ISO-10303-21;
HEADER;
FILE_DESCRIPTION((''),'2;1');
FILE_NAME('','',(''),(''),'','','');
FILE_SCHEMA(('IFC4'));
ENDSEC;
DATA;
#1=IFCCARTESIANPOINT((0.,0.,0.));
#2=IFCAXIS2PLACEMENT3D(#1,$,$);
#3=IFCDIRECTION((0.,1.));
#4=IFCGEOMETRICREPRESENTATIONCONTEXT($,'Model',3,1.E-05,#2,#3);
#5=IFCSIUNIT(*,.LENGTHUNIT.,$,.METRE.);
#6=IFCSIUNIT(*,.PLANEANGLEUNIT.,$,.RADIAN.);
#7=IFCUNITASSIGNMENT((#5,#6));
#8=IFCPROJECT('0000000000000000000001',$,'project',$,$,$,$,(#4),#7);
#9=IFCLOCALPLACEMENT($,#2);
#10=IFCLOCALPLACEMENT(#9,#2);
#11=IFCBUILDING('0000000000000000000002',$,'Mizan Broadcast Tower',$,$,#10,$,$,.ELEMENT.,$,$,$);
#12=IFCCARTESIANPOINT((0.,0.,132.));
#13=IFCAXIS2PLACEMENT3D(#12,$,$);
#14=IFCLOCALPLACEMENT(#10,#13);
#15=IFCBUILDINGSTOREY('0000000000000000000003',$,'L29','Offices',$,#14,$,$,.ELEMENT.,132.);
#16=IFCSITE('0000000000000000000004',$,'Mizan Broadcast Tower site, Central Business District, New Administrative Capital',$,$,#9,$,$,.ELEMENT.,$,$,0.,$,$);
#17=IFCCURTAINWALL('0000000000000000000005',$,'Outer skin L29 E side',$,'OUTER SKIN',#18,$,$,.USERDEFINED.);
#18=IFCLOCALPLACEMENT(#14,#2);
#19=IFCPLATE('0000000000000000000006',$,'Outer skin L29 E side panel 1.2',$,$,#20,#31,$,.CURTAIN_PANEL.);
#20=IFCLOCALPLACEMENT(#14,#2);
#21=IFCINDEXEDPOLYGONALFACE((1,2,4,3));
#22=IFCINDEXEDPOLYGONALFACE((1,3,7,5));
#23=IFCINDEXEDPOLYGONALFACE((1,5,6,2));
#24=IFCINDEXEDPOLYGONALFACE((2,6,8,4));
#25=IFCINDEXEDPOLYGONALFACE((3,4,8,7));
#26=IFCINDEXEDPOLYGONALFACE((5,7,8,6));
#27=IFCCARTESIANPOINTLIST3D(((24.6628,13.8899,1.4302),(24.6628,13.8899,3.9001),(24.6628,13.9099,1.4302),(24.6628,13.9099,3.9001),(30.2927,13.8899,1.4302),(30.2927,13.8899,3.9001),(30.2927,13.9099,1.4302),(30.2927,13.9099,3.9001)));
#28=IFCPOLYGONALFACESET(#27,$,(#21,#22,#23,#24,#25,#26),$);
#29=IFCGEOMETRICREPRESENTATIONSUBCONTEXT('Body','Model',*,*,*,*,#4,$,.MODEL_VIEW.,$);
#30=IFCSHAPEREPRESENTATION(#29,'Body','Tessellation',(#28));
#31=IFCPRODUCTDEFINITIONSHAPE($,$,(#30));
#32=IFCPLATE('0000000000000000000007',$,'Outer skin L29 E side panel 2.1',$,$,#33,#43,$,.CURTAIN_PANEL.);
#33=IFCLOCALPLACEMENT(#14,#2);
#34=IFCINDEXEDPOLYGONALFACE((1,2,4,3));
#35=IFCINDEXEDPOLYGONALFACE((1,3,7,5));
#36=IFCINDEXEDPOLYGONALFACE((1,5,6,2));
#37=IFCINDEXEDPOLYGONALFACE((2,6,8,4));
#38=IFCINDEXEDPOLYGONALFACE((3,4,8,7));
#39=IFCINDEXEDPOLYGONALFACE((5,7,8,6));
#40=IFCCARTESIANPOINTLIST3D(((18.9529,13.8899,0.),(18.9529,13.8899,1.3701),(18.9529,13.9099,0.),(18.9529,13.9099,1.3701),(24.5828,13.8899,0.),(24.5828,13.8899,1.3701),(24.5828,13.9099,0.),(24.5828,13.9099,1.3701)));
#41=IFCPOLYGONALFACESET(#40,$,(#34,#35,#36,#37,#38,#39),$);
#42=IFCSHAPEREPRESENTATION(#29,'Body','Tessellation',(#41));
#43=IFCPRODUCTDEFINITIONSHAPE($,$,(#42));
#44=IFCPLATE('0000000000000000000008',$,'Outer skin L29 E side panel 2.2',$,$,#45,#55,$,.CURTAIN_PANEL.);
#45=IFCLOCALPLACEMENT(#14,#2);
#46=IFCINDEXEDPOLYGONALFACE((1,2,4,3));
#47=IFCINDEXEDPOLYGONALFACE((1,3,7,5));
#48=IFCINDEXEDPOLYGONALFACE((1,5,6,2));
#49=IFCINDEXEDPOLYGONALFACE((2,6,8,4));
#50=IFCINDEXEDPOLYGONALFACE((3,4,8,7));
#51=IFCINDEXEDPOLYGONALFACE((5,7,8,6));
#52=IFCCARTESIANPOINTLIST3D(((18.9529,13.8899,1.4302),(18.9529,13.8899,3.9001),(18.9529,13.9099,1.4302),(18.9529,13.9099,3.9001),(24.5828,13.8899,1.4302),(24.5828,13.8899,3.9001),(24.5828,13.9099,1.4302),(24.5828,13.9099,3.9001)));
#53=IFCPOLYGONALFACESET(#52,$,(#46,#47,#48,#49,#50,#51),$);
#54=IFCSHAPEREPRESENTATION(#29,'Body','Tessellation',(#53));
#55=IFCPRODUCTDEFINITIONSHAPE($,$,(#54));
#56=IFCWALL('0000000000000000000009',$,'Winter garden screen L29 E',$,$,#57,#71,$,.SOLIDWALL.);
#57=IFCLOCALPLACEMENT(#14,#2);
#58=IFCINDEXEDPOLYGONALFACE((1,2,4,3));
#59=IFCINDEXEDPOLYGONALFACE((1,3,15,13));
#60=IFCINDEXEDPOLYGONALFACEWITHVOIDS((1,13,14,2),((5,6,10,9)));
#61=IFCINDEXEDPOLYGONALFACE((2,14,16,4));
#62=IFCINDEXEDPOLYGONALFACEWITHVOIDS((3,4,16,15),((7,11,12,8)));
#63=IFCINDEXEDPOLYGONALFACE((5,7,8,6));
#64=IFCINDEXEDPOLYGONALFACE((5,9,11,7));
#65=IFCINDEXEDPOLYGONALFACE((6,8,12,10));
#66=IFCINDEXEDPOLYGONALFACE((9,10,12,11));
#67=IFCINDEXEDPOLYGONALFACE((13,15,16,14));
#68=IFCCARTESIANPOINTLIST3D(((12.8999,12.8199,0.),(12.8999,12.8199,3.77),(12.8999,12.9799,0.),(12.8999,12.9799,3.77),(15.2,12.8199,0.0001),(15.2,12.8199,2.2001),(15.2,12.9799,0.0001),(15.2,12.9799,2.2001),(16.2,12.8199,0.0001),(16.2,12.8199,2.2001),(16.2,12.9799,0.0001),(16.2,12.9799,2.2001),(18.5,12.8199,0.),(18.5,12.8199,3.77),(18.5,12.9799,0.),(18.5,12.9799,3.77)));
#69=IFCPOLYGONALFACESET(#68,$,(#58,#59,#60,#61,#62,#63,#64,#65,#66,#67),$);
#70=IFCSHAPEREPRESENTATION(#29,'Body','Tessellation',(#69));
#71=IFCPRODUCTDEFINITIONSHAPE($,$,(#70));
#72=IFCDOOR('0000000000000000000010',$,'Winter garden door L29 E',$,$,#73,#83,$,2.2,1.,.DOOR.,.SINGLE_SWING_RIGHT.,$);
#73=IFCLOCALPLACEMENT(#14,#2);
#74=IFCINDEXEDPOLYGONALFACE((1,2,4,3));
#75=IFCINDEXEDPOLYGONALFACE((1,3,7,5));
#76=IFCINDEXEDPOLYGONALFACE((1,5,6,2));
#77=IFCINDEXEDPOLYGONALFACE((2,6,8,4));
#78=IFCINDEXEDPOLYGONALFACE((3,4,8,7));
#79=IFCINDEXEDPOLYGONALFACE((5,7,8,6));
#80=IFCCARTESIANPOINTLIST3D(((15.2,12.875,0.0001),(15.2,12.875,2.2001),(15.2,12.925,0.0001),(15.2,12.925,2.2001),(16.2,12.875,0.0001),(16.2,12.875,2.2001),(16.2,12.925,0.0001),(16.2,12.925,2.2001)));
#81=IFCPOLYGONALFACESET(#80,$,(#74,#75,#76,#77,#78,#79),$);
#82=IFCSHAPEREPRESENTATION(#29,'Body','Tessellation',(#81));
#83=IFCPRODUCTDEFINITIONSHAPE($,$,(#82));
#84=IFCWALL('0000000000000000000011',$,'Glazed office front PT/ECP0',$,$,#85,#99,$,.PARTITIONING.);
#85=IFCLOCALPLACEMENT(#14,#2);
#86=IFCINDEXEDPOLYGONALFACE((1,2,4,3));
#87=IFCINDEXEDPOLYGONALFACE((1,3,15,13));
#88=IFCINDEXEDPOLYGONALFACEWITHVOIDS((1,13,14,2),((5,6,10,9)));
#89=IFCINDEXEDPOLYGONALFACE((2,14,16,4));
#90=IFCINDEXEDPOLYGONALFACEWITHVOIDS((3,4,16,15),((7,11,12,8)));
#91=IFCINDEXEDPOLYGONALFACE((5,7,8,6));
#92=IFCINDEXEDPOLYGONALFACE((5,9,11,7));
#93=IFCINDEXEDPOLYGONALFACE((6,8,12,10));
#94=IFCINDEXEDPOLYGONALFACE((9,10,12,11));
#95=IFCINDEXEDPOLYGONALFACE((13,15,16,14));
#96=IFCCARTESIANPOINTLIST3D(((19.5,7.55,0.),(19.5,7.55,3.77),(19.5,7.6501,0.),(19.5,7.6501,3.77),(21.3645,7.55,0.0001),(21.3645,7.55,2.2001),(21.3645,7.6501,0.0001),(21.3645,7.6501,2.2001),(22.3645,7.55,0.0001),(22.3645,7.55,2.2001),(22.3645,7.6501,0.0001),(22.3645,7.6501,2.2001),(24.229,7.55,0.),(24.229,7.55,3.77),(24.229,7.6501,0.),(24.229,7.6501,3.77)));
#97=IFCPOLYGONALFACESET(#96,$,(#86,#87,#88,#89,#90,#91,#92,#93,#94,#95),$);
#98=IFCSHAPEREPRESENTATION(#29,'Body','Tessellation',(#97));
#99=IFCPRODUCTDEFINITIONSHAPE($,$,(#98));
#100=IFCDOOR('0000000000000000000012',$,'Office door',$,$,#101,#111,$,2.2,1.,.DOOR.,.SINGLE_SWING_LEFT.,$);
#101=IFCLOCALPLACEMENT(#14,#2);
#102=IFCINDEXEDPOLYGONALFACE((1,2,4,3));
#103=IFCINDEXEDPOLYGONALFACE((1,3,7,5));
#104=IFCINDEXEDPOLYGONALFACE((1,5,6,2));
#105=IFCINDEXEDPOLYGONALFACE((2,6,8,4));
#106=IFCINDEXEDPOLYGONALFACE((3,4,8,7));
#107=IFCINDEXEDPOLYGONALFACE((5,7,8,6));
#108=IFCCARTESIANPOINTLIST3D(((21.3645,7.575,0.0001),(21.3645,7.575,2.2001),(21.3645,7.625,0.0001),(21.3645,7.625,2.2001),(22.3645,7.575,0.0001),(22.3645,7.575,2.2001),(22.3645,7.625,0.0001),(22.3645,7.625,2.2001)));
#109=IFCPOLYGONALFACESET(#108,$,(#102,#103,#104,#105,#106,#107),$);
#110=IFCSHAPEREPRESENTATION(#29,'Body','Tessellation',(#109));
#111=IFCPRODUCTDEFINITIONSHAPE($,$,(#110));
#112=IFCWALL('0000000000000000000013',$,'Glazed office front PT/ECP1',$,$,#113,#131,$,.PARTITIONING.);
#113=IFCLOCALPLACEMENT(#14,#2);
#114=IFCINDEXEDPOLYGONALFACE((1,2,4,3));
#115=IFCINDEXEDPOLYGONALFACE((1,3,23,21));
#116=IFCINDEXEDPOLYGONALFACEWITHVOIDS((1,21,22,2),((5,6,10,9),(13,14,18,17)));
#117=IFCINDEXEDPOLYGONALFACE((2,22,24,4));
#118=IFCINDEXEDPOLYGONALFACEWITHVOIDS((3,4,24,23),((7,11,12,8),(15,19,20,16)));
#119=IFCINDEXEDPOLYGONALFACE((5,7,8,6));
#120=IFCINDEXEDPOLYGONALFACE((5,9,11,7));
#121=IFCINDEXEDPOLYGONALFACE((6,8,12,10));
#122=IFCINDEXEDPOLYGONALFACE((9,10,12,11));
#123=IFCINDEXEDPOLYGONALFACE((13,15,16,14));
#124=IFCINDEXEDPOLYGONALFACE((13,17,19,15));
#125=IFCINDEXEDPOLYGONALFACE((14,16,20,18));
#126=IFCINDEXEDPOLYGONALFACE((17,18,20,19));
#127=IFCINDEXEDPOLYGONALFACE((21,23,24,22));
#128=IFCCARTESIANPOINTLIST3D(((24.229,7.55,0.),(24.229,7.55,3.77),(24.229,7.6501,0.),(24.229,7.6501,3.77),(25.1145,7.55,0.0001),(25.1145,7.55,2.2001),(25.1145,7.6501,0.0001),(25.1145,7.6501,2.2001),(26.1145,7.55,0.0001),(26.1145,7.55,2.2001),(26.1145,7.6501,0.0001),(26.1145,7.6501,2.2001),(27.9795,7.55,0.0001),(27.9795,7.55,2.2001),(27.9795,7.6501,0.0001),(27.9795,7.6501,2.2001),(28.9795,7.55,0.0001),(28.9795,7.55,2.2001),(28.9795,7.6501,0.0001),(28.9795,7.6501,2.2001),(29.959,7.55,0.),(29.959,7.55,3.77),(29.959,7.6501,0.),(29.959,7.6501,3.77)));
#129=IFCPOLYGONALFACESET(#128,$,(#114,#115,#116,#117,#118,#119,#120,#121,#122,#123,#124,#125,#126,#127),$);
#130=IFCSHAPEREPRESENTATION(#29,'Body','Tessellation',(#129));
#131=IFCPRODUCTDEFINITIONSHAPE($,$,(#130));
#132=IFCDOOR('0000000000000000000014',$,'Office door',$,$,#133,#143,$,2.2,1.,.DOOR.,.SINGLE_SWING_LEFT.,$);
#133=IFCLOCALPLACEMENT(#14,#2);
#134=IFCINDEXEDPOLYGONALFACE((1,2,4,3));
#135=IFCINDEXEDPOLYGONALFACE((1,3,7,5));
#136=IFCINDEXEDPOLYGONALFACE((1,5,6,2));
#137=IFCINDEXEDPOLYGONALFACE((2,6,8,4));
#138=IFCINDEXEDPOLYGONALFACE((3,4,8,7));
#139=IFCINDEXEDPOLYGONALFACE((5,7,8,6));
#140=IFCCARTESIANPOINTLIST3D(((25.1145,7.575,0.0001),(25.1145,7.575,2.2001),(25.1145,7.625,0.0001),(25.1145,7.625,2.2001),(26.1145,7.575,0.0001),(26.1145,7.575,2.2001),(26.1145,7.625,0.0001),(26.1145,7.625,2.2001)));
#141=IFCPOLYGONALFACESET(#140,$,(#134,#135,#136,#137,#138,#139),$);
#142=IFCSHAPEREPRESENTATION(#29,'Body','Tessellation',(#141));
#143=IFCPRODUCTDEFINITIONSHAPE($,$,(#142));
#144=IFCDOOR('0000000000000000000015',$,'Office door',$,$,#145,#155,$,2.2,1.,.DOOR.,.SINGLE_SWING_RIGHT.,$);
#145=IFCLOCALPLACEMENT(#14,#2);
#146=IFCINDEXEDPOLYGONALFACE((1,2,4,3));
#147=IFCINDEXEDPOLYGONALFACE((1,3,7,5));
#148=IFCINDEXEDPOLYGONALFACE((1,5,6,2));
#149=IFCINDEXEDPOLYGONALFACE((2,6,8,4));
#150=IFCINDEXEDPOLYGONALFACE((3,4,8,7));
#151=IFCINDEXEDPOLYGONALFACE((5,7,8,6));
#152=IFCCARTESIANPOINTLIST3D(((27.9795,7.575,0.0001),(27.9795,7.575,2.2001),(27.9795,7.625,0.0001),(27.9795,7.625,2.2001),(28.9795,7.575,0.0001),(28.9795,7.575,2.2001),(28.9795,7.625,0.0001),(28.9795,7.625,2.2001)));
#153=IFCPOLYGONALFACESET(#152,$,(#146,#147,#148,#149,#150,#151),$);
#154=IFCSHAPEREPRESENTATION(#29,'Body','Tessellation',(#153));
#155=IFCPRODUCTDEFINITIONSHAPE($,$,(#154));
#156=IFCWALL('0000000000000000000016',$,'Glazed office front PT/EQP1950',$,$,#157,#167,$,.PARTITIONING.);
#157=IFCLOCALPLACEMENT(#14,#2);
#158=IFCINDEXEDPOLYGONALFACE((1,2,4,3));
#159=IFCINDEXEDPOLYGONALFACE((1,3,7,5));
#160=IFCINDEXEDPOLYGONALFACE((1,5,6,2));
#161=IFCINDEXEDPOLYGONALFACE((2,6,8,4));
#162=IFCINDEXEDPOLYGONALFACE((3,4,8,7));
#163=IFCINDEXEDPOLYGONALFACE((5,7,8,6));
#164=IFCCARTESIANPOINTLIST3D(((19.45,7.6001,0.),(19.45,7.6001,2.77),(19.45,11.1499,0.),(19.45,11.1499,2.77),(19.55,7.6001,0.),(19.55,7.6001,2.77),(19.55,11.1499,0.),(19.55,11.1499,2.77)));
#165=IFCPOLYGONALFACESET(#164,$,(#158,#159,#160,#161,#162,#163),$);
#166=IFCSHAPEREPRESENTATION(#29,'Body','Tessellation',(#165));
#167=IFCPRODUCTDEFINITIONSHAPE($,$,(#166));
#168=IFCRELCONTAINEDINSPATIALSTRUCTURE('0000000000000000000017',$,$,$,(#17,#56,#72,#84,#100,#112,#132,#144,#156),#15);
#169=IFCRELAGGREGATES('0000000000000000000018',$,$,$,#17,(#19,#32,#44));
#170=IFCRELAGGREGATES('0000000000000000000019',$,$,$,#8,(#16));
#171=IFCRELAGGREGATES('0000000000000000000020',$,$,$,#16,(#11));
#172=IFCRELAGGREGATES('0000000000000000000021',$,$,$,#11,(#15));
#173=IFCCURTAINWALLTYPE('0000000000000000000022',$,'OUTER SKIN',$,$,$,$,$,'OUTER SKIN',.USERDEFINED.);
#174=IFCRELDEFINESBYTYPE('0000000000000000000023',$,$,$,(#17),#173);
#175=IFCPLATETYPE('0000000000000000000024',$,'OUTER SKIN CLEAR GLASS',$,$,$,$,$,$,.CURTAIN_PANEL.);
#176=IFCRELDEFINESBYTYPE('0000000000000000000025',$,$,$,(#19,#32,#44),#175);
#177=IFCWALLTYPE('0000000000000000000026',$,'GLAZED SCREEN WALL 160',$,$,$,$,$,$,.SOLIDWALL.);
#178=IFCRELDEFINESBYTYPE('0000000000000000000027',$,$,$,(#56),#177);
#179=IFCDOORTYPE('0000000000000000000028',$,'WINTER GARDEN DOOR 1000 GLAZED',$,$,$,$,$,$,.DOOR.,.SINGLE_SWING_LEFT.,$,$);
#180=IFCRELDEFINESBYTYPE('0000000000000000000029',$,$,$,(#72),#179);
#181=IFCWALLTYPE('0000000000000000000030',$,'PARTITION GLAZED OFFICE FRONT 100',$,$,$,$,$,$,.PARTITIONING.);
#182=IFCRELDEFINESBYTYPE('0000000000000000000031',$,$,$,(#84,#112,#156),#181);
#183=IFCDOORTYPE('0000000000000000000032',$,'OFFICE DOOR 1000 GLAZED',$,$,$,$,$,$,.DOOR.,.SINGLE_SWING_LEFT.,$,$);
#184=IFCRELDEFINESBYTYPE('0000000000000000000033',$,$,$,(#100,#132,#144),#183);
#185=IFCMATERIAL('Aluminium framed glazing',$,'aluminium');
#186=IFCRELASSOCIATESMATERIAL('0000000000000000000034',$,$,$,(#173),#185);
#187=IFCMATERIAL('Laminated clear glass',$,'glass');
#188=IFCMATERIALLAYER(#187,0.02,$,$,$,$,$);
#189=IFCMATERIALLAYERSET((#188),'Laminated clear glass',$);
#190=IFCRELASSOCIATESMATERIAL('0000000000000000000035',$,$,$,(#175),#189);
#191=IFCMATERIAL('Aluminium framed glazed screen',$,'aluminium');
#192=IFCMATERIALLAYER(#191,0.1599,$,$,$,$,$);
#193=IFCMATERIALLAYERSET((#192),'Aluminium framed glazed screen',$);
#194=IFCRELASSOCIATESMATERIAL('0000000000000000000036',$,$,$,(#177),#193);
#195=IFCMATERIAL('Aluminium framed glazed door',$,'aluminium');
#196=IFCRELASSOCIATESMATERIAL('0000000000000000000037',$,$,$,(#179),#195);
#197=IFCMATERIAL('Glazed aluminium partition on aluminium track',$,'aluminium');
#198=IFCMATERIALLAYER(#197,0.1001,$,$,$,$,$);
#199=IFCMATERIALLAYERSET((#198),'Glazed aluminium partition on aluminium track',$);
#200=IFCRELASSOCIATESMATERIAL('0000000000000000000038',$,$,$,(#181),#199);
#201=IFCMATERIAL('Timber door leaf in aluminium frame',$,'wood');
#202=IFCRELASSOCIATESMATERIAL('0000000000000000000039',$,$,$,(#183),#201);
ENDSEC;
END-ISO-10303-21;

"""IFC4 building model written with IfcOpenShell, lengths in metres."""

from ifc_helpers import new_model, si_unit, direction, frame, frame_2d, origin, origin_2d, place, context, subcontext, project, spatial, rectangle, extrude, material, layer, layer_set, type_object, element, fill, aggregate, save


model = new_model("IFC4")

# Units and contexts
model_context = context("Model", 3, precision=1e-05, world=origin(), true_north=direction((0.0, 1.0)))
body_context = subcontext(model_context, "Body", "Model", "MODEL_VIEW")
ifc_project = project(units=[si_unit("LENGTHUNIT", "METRE"), si_unit("PLANEANGLEUNIT", "RADIAN")], contexts=[model_context])

# Site, building, storey
site_placement = place(None, origin())
site = spatial("IfcSite", under=ifc_project, at=site_placement, Name="Mizan Broadcast Tower site, Central Business District, New Administrative Capital", CompositionType="ELEMENT", RefElevation=0.0)
building_placement = place(site_placement, origin())
building = spatial("IfcBuilding", under=site, at=building_placement, Name="Mizan Broadcast Tower", CompositionType="ELEMENT")
storey_placement = place(building_placement, frame((0.0, 0.0, 132.0)))
storey = spatial("IfcBuildingStorey", under=building, at=storey_placement, Name="L29", Description="Offices", CompositionType="ELEMENT", Elevation=132.0)

# Curtain wall
ifc_material_1 = material(Name="Aluminium framed glazing", Category="aluminium")
curtain_wall_type_1 = type_object("IfcCurtainWallType", Name="OUTER SKIN", ElementType="OUTER SKIN", PredefinedType="USERDEFINED", material=ifc_material_1)
curtain_wall_1_placement = place(storey_placement, origin())
curtain_wall_1 = element("IfcCurtainWall", 1, at=curtain_wall_1_placement, inside=storey, type_object=curtain_wall_type_1, Name="Outer skin L29 E side", ObjectType="OUTER SKIN", PredefinedType="USERDEFINED")

# Plates
ifc_material_2 = material(Name="Laminated clear glass", Category="glass")
ifc_layer_1 = layer(ifc_material_2, 0.02)
ifc_layer_set_1 = layer_set([ifc_layer_1], Name="Laminated clear glass")
plate_type_1 = type_object("IfcPlateType", Name="OUTER SKIN CLEAR GLASS", PredefinedType="CURTAIN_PANEL", material=ifc_layer_set_1)
plate_1_placement = place(storey_placement, frame((27.4778, 13.8999, 1.4302), z_axis=(0.0, 0.0, 1.0), x_axis=(-1.0, 0.0, 0.0)))
plate_1 = element("IfcPlate", 2, at=plate_1_placement, type_object=plate_type_1, Name="Outer skin L29 E side panel 1.2", PredefinedType="CURTAIN_PANEL", context=body_context, shape_type="SweptSolid", body=[
    extrude(rectangle(XDim=5.6299, YDim=0.02, at=origin_2d()), origin(), (0.0, 0.0, 1.0), 2.47),
])
plate_2_placement = place(storey_placement, frame((21.7678, 13.8999, 0.0), z_axis=(0.0, 0.0, 1.0), x_axis=(-1.0, 0.0, 0.0)))
plate_2 = element("IfcPlate", 3, at=plate_2_placement, type_object=plate_type_1, Name="Outer skin L29 E side panel 2.1", PredefinedType="CURTAIN_PANEL", context=body_context, shape_type="SweptSolid", body=[
    extrude(rectangle(XDim=5.6299, YDim=0.02, at=origin_2d()), origin(), (0.0, 0.0, 1.0), 1.3701),
])
plate_3_placement = place(storey_placement, frame((21.7678, 13.8999, 1.4302), z_axis=(0.0, 0.0, 1.0), x_axis=(-1.0, 0.0, 0.0)))
plate_3 = element("IfcPlate", 4, at=plate_3_placement, type_object=plate_type_1, Name="Outer skin L29 E side panel 2.2", PredefinedType="CURTAIN_PANEL", context=body_context, shape_type="SweptSolid", body=[
    extrude(rectangle(XDim=5.6299, YDim=0.02, at=origin_2d()), origin(), (0.0, 0.0, 1.0), 2.47),
])
aggregate(curtain_wall_1, [plate_1, plate_2, plate_3])

# Walls, openings, doors
ifc_material_3 = material(Name="Aluminium framed glazed screen", Category="aluminium")
ifc_layer_2 = layer(ifc_material_3, 0.1599)
ifc_layer_set_2 = layer_set([ifc_layer_2], Name="Aluminium framed glazed screen")
wall_type_1 = type_object("IfcWallType", Name="GLAZED SCREEN WALL 160", PredefinedType="SOLIDWALL", material=ifc_layer_set_2)
wall_1_placement = place(storey_placement, frame((18.5, 12.8999, 0.0), z_axis=(0.0, 0.0, 1.0), x_axis=(-1.0, 0.0, 0.0)))
wall_1 = element("IfcWall", 5, at=wall_1_placement, inside=storey, type_object=wall_type_1, Name="Winter garden screen L29 E", PredefinedType="SOLIDWALL", context=body_context, shape_type="SweptSolid", body=[
    extrude(rectangle(XDim=5.6001, YDim=0.1599, at=frame_2d((2.8, 0.0))), origin(), (0.0, 0.0, 1.0), 3.77),
])
opening_1_placement = place(wall_1_placement, frame((2.3, 0.0, 0.0)))
opening_1 = element("IfcOpeningElement", 6, at=opening_1_placement, cuts=wall_1, PredefinedType="OPENING", context=body_context, shape_type="SweptSolid", body=[
    extrude(rectangle(XDim=1.0, YDim=2.2, at=frame_2d((0.5, 1.1001))), frame((0.0, 0.0898, 0.0), z_axis=(0.0, -1.0, 0.0), x_axis=(1.0, 0.0, 0.0)), (0.0, 0.0, 1.0), 0.1799),
])
ifc_material_4 = material(Name="Aluminium framed glazed door", Category="aluminium")
door_type_1 = type_object("IfcDoorType", Name="WINTER GARDEN DOOR 1000 GLAZED", OperationType="SINGLE_SWING_LEFT", PredefinedType="DOOR", material=ifc_material_4)
door_1_placement = place(opening_1_placement, origin())
door_1 = element("IfcDoor", 7, at=door_1_placement, inside=storey, type_object=door_type_1, Name="Winter garden door L29 E", OperationType="SINGLE_SWING_RIGHT", OverallHeight=2.2, OverallWidth=1.0, PredefinedType="DOOR", context=body_context, shape_type="SweptSolid", body=[
    extrude(rectangle(XDim=1.0, YDim=2.2, at=frame_2d((0.5, 1.1001))), frame((0.0, 0.0249, 0.0), z_axis=(0.0, -1.0, 0.0), x_axis=(1.0, 0.0, 0.0)), (0.0, 0.0, 1.0), 0.05),
])
fill(opening_1, door_1)
ifc_material_5 = material(Name="Glazed aluminium partition on aluminium track", Category="aluminium")
ifc_layer_3 = layer(ifc_material_5, 0.1001)
ifc_layer_set_3 = layer_set([ifc_layer_3], Name="Glazed aluminium partition on aluminium track")
wall_type_2 = type_object("IfcWallType", Name="PARTITION GLAZED OFFICE FRONT 100", PredefinedType="PARTITIONING", material=ifc_layer_set_3)
wall_2_placement = place(storey_placement, frame((19.5, 7.6001, 0.0), z_axis=(0.0, 0.0, 1.0), x_axis=(1.0, 0.0, 0.0)))
wall_2 = element("IfcWall", 8, at=wall_2_placement, inside=storey, type_object=wall_type_2, Name="Glazed office front PT/ECP0", PredefinedType="PARTITIONING", context=body_context, shape_type="SweptSolid", body=[
    extrude(rectangle(XDim=4.729, YDim=0.1001, at=frame_2d((2.3645, 0.0))), origin(), (0.0, 0.0, 1.0), 3.77),
])
opening_2_placement = place(wall_2_placement, frame((1.8645, 0.0, 0.0)))
opening_2 = element("IfcOpeningElement", 9, at=opening_2_placement, cuts=wall_2, PredefinedType="OPENING", context=body_context, shape_type="SweptSolid", body=[
    extrude(rectangle(XDim=1.0, YDim=2.2, at=frame_2d((0.5, 1.1001))), frame((0.0, 0.0601, 0.0), z_axis=(0.0, -1.0, 0.0), x_axis=(1.0, 0.0, 0.0)), (0.0, 0.0, 1.0), 0.1201),
])
ifc_material_6 = material(Name="Timber door leaf in aluminium frame", Category="wood")
door_type_2 = type_object("IfcDoorType", Name="OFFICE DOOR 1000 GLAZED", OperationType="SINGLE_SWING_LEFT", PredefinedType="DOOR", material=ifc_material_6)
door_2_placement = place(opening_2_placement, origin())
door_2 = element("IfcDoor", 10, at=door_2_placement, inside=storey, type_object=door_type_2, Name="Office door", OperationType="SINGLE_SWING_LEFT", OverallHeight=2.2, OverallWidth=1.0, PredefinedType="DOOR", context=body_context, shape_type="SweptSolid", body=[
    extrude(rectangle(XDim=1.0, YDim=2.2, at=frame_2d((0.5, 1.1001))), frame((0.0, 0.0249, 0.0), z_axis=(0.0, -1.0, 0.0), x_axis=(1.0, 0.0, 0.0)), (0.0, 0.0, 1.0), 0.05),
])
fill(opening_2, door_2)

# Wall, openings, doors
wall_3_placement = place(storey_placement, frame((24.229, 7.6001, 0.0), z_axis=(0.0, 0.0, 1.0), x_axis=(1.0, 0.0, 0.0)))
wall_3 = element("IfcWall", 11, at=wall_3_placement, inside=storey, type_object=wall_type_2, Name="Glazed office front PT/ECP1", PredefinedType="PARTITIONING", context=body_context, shape_type="SweptSolid", body=[
    extrude(rectangle(XDim=5.73, YDim=0.1001, at=frame_2d((2.865, 0.0))), origin(), (0.0, 0.0, 1.0), 3.77),
])
opening_3_placement = place(wall_3_placement, frame((0.8855, 0.0, 0.0)))
opening_3 = element("IfcOpeningElement", 12, at=opening_3_placement, cuts=wall_3, PredefinedType="OPENING", context=body_context, shape_type="SweptSolid", body=[
    extrude(rectangle(XDim=1.0, YDim=2.2, at=frame_2d((0.5, 1.1001))), frame((0.0, 0.0601, 0.0), z_axis=(0.0, -1.0, 0.0), x_axis=(1.0, 0.0, 0.0)), (0.0, 0.0, 1.0), 0.1201),
])
opening_4_placement = place(wall_3_placement, frame((3.7505, 0.0, 0.0)))
opening_4 = element("IfcOpeningElement", 13, at=opening_4_placement, cuts=wall_3, PredefinedType="OPENING", context=body_context, shape_type="SweptSolid", body=[
    extrude(rectangle(XDim=1.0, YDim=2.2, at=frame_2d((0.5, 1.1001))), frame((0.0, 0.0601, 0.0), z_axis=(0.0, -1.0, 0.0), x_axis=(1.0, 0.0, 0.0)), (0.0, 0.0, 1.0), 0.1201),
])
door_3_placement = place(opening_3_placement, origin())
door_3 = element("IfcDoor", 14, at=door_3_placement, inside=storey, type_object=door_type_2, Name="Office door", OperationType="SINGLE_SWING_LEFT", OverallHeight=2.2, OverallWidth=1.0, PredefinedType="DOOR", context=body_context, shape_type="SweptSolid", body=[
    extrude(rectangle(XDim=1.0, YDim=2.2, at=frame_2d((0.5, 1.1001))), frame((0.0, 0.0249, 0.0), z_axis=(0.0, -1.0, 0.0), x_axis=(1.0, 0.0, 0.0)), (0.0, 0.0, 1.0), 0.05),
])
fill(opening_3, door_3)
door_4_placement = place(opening_4_placement, origin())
door_4 = element("IfcDoor", 15, at=door_4_placement, inside=storey, type_object=door_type_2, Name="Office door", OperationType="SINGLE_SWING_RIGHT", OverallHeight=2.2, OverallWidth=1.0, PredefinedType="DOOR", context=body_context, shape_type="SweptSolid", body=[
    extrude(rectangle(XDim=1.0, YDim=2.2, at=frame_2d((0.5, 1.1001))), frame((0.0, 0.0249, 0.0), z_axis=(0.0, -1.0, 0.0), x_axis=(1.0, 0.0, 0.0)), (0.0, 0.0, 1.0), 0.05),
])
fill(opening_4, door_4)

# Wall
wall_4_placement = place(storey_placement, frame((19.5, 7.6001, 0.0), z_axis=(0.0, 0.0, 1.0), x_axis=(0.0, 1.0, 0.0)))
element("IfcWall", 16, at=wall_4_placement, inside=storey, type_object=wall_type_2, Name="Glazed office front PT/EQP1950", PredefinedType="PARTITIONING", context=body_context, shape_type="SweptSolid", body=[
    extrude(rectangle(XDim=3.5498, YDim=0.1001, at=frame_2d((1.7749, 0.0))), origin(), (0.0, 0.0, 1.0), 2.77),
])

save(model, "model.ifc")
